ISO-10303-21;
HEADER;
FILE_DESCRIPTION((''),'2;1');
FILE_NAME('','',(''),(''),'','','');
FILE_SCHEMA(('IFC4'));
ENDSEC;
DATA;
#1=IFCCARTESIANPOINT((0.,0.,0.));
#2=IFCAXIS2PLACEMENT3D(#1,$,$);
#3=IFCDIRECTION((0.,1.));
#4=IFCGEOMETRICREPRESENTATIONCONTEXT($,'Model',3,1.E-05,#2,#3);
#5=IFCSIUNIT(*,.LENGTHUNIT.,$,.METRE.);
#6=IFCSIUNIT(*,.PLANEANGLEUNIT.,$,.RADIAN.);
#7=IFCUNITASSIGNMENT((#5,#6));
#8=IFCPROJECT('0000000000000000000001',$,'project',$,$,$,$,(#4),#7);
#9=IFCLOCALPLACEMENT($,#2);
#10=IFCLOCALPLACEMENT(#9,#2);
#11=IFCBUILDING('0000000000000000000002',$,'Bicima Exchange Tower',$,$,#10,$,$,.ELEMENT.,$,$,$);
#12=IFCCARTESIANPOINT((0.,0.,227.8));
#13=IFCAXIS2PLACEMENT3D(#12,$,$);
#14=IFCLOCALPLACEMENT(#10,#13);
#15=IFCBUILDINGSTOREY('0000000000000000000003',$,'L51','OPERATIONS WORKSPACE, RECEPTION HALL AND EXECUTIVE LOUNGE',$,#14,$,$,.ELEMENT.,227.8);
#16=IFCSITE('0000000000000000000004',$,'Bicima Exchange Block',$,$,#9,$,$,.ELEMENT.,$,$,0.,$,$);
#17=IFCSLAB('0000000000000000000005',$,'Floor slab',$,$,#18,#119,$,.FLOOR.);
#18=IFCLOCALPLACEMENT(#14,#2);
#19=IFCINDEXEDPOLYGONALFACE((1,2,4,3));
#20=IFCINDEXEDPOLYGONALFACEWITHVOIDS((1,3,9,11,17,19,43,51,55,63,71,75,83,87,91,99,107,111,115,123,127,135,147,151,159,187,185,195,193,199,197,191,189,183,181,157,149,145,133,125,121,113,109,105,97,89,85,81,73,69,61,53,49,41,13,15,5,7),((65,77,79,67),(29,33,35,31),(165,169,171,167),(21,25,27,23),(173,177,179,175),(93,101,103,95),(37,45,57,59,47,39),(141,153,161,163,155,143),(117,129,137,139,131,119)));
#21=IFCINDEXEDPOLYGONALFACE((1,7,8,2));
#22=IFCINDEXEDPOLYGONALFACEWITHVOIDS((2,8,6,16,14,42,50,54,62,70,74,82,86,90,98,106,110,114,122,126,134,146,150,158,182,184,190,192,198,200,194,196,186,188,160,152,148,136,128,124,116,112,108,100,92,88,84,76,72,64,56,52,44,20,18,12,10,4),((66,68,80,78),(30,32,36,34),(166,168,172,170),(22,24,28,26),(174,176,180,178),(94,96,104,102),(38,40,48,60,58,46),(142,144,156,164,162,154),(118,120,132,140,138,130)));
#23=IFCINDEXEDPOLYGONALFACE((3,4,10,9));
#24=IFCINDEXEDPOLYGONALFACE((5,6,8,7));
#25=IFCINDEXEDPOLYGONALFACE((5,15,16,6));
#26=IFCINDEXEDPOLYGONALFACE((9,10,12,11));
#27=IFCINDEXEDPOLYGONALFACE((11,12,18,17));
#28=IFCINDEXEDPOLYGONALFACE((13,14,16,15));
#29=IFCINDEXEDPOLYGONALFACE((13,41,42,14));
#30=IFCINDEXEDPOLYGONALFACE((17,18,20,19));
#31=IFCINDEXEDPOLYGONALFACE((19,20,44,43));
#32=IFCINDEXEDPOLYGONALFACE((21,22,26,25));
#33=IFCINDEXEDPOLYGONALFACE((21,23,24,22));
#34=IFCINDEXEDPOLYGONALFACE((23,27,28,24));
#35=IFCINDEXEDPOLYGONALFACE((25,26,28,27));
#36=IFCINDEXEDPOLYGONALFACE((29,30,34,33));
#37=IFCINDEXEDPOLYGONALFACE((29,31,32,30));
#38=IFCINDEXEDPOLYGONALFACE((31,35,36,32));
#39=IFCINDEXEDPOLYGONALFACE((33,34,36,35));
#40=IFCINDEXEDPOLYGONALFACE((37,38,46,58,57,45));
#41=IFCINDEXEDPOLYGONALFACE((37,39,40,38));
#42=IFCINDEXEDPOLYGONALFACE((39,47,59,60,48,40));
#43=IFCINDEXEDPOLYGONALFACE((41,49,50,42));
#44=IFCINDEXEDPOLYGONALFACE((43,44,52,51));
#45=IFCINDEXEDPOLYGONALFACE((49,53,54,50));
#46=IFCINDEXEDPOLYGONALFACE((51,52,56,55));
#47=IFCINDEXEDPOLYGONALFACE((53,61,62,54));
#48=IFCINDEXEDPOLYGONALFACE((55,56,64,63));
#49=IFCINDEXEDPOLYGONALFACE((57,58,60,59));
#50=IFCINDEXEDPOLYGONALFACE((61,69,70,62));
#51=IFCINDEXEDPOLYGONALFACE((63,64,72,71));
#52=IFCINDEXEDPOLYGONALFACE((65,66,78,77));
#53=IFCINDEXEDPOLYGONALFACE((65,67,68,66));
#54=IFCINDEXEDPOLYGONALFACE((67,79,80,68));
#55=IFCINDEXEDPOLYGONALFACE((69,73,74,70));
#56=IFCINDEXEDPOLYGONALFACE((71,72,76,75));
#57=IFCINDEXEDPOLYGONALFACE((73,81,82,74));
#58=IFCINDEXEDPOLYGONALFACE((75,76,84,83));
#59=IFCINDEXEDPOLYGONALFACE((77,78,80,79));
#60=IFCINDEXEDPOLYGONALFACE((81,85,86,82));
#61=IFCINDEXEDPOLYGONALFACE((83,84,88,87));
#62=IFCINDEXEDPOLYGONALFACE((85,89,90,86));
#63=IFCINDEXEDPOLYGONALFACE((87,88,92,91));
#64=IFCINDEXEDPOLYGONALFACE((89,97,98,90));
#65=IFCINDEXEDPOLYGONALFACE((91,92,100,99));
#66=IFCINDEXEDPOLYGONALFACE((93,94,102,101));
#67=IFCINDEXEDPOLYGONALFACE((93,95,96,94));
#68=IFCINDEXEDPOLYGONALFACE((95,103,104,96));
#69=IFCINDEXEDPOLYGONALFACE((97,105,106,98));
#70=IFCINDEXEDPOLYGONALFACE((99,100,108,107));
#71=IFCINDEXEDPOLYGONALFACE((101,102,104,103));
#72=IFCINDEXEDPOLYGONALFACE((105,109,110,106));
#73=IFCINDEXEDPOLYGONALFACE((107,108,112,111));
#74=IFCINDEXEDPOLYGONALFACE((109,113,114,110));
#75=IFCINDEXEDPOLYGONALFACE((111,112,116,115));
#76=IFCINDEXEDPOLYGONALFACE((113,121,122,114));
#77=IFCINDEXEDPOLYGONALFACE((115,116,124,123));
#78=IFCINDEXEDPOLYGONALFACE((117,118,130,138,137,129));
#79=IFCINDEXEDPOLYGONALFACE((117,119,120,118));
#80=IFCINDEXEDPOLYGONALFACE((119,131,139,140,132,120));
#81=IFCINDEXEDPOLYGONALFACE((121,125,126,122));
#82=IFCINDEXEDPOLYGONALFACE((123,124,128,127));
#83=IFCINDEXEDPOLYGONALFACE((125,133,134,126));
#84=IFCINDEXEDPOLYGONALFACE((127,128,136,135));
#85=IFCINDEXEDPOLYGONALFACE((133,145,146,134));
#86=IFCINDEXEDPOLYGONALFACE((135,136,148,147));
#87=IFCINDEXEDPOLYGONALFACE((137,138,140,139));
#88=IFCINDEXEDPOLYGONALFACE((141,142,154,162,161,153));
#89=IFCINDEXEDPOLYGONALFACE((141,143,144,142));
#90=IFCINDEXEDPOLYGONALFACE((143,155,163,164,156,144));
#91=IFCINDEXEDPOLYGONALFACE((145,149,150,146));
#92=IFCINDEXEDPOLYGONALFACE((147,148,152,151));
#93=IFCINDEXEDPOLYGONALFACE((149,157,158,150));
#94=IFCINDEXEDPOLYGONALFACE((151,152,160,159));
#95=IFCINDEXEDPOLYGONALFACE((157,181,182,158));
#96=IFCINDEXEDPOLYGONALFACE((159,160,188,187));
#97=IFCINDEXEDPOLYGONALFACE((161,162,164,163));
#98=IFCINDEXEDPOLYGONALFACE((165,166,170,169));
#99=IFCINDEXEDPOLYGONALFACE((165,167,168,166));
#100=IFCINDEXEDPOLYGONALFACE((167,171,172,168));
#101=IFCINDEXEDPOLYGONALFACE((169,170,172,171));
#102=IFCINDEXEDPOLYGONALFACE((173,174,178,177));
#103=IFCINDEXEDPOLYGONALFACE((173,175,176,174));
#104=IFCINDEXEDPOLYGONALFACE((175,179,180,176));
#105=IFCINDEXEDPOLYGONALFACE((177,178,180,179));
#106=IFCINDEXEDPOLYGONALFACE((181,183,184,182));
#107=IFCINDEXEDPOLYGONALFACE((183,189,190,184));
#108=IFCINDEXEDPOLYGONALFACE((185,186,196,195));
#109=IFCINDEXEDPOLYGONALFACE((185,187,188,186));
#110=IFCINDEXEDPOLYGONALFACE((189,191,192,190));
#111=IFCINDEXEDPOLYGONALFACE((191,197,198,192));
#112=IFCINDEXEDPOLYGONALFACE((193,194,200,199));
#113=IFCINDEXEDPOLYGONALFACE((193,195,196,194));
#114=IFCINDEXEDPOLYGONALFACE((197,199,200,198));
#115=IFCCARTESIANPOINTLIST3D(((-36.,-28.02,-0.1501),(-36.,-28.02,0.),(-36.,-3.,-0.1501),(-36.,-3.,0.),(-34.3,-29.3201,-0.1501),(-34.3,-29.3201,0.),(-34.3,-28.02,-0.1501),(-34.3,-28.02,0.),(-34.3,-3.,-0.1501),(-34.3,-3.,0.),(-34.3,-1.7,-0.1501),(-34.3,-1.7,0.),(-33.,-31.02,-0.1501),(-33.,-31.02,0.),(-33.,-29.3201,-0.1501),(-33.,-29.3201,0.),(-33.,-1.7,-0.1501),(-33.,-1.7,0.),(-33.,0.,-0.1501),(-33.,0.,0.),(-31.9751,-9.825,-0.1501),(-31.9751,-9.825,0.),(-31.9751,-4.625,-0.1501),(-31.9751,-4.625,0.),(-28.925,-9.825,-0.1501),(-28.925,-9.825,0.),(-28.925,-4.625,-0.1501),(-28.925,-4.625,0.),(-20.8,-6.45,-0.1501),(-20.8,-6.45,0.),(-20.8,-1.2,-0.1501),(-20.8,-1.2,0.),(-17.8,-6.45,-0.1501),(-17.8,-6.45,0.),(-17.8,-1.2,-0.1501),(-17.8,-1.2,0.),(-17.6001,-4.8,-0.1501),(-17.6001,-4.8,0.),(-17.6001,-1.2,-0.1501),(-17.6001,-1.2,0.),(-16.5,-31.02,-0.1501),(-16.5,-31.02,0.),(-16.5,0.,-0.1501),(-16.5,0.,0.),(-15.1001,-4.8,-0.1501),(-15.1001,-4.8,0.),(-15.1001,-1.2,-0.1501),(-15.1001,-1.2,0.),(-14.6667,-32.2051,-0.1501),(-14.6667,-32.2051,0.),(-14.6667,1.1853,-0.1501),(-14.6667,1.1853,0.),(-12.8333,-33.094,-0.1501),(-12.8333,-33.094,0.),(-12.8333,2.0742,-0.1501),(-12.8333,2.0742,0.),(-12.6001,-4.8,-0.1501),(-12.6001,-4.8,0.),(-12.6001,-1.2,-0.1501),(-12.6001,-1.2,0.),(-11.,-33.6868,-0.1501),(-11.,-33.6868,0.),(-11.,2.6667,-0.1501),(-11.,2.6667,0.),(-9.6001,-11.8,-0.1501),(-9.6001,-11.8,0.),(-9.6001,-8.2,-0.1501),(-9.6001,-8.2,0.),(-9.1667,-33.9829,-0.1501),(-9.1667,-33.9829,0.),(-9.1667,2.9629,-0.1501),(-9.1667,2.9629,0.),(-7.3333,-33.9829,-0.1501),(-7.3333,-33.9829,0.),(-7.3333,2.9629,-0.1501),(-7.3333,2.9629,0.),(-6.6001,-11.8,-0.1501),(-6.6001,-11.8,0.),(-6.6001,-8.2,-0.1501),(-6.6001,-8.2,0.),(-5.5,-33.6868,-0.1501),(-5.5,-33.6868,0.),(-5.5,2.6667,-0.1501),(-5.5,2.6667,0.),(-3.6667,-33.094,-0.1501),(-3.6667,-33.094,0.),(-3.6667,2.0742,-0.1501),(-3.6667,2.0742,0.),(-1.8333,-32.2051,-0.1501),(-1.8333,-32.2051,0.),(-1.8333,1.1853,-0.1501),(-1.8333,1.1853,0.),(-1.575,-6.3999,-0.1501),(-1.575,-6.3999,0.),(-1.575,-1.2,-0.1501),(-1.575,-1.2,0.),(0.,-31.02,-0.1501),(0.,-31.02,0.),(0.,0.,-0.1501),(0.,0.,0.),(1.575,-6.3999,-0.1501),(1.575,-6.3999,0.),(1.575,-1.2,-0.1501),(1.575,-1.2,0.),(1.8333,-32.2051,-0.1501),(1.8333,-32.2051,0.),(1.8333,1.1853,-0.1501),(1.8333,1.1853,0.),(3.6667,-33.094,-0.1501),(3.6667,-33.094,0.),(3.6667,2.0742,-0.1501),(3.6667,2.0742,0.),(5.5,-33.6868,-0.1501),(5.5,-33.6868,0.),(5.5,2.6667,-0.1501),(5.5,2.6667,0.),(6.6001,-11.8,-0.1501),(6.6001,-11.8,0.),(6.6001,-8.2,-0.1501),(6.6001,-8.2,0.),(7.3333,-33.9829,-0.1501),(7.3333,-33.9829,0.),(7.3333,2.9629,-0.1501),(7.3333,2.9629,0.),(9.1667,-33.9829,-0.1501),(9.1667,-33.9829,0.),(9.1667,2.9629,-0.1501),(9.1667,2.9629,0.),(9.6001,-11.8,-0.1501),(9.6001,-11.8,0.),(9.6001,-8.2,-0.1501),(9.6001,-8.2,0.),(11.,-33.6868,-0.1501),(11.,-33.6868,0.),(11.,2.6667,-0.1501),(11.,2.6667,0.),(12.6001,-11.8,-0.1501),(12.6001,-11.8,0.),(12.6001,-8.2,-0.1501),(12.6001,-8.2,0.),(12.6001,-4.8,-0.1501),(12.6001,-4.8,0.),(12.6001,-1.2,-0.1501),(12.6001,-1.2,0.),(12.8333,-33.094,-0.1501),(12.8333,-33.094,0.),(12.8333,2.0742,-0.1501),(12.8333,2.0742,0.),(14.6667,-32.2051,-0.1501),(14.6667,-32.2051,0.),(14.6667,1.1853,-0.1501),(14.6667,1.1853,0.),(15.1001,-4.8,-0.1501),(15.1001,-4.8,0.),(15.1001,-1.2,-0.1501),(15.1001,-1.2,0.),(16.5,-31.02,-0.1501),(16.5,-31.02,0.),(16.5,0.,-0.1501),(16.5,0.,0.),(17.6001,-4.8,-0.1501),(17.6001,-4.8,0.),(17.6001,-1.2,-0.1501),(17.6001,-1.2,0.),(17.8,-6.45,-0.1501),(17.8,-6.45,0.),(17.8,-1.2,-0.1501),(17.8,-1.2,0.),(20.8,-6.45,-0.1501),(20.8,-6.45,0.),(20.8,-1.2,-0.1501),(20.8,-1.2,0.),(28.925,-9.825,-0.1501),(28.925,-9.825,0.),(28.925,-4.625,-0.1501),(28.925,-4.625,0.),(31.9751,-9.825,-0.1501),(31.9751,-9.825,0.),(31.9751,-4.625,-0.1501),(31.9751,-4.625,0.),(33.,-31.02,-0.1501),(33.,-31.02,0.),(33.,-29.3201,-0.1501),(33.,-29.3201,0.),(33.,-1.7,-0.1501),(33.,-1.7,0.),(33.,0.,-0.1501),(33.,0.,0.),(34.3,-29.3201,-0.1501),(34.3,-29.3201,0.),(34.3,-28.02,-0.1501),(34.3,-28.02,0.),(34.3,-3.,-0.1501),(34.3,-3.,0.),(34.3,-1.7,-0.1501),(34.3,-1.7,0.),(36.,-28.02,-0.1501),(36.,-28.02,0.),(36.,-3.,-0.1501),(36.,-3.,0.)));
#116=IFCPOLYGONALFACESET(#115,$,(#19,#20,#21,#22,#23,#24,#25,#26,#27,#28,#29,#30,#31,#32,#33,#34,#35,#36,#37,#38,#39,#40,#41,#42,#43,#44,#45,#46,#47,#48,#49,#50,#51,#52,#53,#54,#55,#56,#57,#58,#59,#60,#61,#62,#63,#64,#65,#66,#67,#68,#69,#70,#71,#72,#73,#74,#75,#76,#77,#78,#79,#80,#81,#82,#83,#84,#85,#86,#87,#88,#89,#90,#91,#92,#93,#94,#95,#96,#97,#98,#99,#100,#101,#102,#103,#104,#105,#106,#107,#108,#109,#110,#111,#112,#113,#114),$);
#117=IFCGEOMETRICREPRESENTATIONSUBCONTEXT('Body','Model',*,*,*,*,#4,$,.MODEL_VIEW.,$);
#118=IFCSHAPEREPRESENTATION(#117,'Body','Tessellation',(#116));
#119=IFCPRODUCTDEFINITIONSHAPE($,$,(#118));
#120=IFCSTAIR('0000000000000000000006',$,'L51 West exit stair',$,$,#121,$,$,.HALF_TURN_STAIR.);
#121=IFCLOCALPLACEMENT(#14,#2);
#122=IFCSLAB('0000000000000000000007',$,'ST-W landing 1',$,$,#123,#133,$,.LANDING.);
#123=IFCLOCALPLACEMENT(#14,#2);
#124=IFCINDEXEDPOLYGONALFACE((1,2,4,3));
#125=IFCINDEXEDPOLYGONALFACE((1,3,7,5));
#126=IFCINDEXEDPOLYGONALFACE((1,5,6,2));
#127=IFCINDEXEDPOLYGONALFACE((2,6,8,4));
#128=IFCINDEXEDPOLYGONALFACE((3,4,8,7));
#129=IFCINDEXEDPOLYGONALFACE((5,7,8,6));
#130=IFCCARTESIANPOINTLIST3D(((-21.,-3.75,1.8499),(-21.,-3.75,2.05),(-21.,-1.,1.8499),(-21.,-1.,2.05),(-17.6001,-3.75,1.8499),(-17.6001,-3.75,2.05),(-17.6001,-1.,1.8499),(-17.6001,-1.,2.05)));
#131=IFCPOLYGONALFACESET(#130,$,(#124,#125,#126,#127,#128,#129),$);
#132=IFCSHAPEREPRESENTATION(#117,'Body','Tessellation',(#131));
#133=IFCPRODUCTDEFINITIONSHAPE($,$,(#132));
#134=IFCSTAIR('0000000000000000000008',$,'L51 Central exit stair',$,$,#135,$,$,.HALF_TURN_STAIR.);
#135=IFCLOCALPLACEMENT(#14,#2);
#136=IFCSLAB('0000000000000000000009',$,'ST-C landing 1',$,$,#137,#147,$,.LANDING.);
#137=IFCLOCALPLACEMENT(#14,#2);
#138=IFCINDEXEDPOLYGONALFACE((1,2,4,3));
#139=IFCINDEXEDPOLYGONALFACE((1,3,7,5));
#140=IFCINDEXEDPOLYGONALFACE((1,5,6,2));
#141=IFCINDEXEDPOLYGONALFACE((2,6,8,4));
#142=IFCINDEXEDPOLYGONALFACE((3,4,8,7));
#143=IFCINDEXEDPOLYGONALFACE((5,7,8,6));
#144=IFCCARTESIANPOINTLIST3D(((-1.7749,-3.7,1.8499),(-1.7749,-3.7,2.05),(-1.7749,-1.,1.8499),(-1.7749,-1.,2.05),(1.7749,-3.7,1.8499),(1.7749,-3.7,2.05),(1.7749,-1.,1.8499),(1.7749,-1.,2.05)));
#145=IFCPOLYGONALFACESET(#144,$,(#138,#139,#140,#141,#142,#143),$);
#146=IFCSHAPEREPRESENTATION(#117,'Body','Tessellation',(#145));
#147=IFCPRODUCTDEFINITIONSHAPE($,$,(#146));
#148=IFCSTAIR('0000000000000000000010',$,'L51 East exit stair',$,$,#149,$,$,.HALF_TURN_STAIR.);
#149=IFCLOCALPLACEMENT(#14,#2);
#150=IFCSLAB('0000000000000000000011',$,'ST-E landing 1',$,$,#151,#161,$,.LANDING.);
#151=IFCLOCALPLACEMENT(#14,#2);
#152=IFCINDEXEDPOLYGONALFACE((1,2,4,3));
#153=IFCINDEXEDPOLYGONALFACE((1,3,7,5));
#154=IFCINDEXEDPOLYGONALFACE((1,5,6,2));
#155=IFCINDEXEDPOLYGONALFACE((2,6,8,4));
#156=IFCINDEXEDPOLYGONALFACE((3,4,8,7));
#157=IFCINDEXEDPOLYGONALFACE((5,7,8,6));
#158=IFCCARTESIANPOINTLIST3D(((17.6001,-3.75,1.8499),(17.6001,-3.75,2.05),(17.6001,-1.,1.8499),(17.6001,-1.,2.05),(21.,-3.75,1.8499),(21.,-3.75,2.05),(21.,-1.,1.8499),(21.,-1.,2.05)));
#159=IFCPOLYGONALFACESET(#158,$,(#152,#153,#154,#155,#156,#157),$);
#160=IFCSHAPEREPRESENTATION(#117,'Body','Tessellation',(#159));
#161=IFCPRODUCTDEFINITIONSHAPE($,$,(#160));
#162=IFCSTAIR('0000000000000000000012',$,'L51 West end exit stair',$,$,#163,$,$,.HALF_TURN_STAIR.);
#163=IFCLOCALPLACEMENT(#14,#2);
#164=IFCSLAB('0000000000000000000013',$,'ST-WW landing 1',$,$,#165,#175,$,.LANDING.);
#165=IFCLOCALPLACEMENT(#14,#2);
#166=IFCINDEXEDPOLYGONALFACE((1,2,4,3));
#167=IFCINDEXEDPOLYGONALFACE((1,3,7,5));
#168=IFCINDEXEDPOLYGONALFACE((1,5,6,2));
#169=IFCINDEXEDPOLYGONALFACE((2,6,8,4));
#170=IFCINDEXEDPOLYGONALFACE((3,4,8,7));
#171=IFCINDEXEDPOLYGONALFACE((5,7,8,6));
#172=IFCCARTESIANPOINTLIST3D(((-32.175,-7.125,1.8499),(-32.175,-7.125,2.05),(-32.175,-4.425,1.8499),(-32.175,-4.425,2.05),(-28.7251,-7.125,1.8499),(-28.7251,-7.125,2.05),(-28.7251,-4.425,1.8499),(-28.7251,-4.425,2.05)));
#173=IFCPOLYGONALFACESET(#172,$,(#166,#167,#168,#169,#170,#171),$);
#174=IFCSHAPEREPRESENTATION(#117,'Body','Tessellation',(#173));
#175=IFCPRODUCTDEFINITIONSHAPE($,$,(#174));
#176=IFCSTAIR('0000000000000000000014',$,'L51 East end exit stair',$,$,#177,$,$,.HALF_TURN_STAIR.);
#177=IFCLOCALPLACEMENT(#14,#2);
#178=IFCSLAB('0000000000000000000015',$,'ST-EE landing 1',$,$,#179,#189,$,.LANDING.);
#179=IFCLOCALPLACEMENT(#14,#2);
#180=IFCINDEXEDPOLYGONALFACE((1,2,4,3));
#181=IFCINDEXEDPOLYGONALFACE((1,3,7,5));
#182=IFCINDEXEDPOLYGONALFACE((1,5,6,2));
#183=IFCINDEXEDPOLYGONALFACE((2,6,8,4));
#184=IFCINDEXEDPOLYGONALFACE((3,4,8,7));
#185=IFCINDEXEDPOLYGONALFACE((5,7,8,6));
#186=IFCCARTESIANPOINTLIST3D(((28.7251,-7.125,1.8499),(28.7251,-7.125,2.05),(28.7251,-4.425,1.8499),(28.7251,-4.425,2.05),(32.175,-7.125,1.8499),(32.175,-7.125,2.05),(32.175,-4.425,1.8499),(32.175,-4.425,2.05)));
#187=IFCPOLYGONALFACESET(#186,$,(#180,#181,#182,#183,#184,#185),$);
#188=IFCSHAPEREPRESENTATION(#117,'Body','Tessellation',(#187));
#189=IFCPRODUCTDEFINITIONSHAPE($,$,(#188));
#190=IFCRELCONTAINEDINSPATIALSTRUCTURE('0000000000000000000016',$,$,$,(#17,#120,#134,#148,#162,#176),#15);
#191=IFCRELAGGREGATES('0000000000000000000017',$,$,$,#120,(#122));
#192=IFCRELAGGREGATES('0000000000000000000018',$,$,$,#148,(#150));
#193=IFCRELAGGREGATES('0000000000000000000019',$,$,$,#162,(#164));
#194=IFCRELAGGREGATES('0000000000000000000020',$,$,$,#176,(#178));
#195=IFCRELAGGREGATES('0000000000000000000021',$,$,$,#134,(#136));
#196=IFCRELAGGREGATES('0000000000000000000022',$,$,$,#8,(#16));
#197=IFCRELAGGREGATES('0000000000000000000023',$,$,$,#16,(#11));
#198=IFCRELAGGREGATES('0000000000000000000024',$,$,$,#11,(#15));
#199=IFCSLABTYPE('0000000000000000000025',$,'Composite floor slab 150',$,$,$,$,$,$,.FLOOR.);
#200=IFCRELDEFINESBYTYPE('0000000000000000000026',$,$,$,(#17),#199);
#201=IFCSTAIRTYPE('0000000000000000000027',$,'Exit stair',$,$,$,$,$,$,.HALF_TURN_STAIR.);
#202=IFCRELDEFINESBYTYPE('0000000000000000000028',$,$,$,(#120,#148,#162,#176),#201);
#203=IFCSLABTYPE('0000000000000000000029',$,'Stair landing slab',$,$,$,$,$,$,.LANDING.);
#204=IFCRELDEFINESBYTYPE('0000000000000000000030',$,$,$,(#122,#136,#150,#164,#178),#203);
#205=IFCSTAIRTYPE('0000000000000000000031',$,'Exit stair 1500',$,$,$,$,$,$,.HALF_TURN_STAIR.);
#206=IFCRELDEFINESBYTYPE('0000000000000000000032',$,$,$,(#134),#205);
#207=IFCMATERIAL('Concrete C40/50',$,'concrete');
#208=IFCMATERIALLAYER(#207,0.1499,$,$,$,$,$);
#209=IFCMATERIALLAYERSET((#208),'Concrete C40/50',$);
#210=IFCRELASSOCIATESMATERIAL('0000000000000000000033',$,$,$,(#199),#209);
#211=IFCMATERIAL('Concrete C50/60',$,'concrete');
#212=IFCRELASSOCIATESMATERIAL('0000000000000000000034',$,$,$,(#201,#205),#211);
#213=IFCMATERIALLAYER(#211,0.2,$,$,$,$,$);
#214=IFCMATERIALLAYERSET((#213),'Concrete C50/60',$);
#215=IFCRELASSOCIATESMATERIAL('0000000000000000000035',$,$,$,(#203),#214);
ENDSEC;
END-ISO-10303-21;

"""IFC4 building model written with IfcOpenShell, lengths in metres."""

from ifc_helpers import new_model, si_unit, direction, frame, origin, place, context, subcontext, project, spatial, polyline, outline, extrude, material, layer, layer_set, type_object, element, aggregate, save


model = new_model("IFC4")

# Units and contexts
model_context = context("Model", 3, precision=1e-05, world=origin(), true_north=direction((0.0, 1.0)))
body_context = subcontext(model_context, "Body", "Model", "MODEL_VIEW")
ifc_project = project(units=[si_unit("LENGTHUNIT", "METRE"), si_unit("PLANEANGLEUNIT", "RADIAN")], contexts=[model_context])

# Site, building, storey
site_placement = place(None, origin())
site = spatial("IfcSite", under=ifc_project, at=site_placement, Name="Bicima Exchange Block", CompositionType="ELEMENT", RefElevation=0.0)
building_placement = place(site_placement, origin())
building = spatial("IfcBuilding", under=site, at=building_placement, Name="Bicima Exchange Tower", CompositionType="ELEMENT")
storey_placement = place(building_placement, frame((0.0, 0.0, 227.8)))
storey = spatial("IfcBuildingStorey", under=building, at=storey_placement, Name="L51", Description="OPERATIONS WORKSPACE, RECEPTION HALL AND EXECUTIVE LOUNGE", CompositionType="ELEMENT", Elevation=227.8)

# Slab
ifc_material_1 = material(Name="Concrete C40/50", Category="concrete")
ifc_layer_1 = layer(ifc_material_1, 0.1499)
ifc_layer_set_1 = layer_set([ifc_layer_1], Name="Concrete C40/50")
slab_type_1 = type_object("IfcSlabType", Name="Composite floor slab 150", PredefinedType="FLOOR", material=ifc_layer_set_1)
slab_1_placement = place(storey_placement, frame((0.0, 0.0, -0.1501)))
element("IfcSlab", 1, at=slab_1_placement, inside=storey, type_object=slab_type_1, Name="Floor slab", PredefinedType="FLOOR", context=body_context, shape_type="SweptSolid", body=[
    extrude(outline(polyline([(-36.0, -28.02), (-36.0, -3.0), (-34.3, -3.0), (-34.3, -1.7), (-33.0, -1.7), (-33.0, 0.0), (-16.5, 0.0), (-14.6667, 1.1853), (-12.8333, 2.0742), (-11.0, 2.6667), (-9.1667, 2.9629), (-7.3333, 2.9629), (-5.5, 2.6667), (-3.6667, 2.0742), (-1.8333, 1.1853), (0.0, 0.0), (1.8333, 1.1853), (3.6667, 2.0742), (5.5, 2.6667), (7.3333, 2.9629), (9.1667, 2.9629), (11.0, 2.6667), (12.8333, 2.0742), (14.6667, 1.1853), (16.5, 0.0), (33.0, 0.0), (33.0, -1.7), (34.3, -1.7), (34.3, -3.0), (36.0, -3.0), (36.0, -28.02), (34.3, -28.02), (34.3, -29.3201), (33.0, -29.3201), (33.0, -31.02), (16.5, -31.02), (14.6667, -32.2051), (12.8333, -33.094), (11.0, -33.6868), (9.1667, -33.9829), (7.3333, -33.9829), (5.5, -33.6868), (3.6667, -33.094), (1.8333, -32.2051), (0.0, -31.02), (-1.8333, -32.2051), (-3.6667, -33.094), (-5.5, -33.6868), (-7.3333, -33.9829), (-9.1667, -33.9829), (-11.0, -33.6868), (-12.8333, -33.094), (-14.6667, -32.2051), (-16.5, -31.02), (-33.0, -31.02), (-33.0, -29.3201), (-34.3, -29.3201), (-34.3, -28.02), (-36.0, -28.02)]), holes=[polyline([(-6.6001, -11.8), (-6.6001, -8.2), (-9.6001, -8.2), (-9.6001, -11.8), (-6.6001, -11.8)]), polyline([(-31.9751, -9.825), (-28.925, -9.825), (-28.925, -4.625), (-31.9751, -4.625), (-31.9751, -9.825)]), polyline([(-20.8, -6.45), (-17.8, -6.45), (-17.8, -1.2), (-20.8, -1.2), (-20.8, -6.45)]), polyline([(1.575, -6.3999), (1.575, -1.2), (-1.575, -1.2), (-1.575, -6.3999), (1.575, -6.3999)]), polyline([(-12.6001, -4.8), (-12.6001, -1.2), (-15.1001, -1.2), (-17.6001, -1.2), (-17.6001, -4.8), (-15.1001, -4.8), (-12.6001, -4.8)]), polyline([(12.6001, -8.2), (9.6001, -8.2), (6.6001, -8.2), (6.6001, -11.8), (9.6001, -11.8), (12.6001, -11.8), (12.6001, -8.2)]), polyline([(28.925, -9.825), (31.9751, -9.825), (31.9751, -4.625), (28.925, -4.625), (28.925, -9.825)]), polyline([(20.8, -6.45), (20.8, -1.2), (17.8, -1.2), (17.8, -6.45), (20.8, -6.45)]), polyline([(17.6001, -4.8), (17.6001, -1.2), (15.1001, -1.2), (12.6001, -1.2), (12.6001, -4.8), (15.1001, -4.8), (17.6001, -4.8)])]), origin(), (0.0, 0.0, 1.0), 0.1501),
])

# Stairs, slabs
ifc_material_2 = material(Name="Concrete C50/60", Category="concrete")
stair_type_1 = type_object("IfcStairType", Name="Exit stair", PredefinedType="HALF_TURN_STAIR", material=ifc_material_2)
stair_1_placement = place(storey_placement, origin())
stair_1 = element("IfcStair", 2, at=stair_1_placement, inside=storey, type_object=stair_type_1, Name="L51 West exit stair", PredefinedType="HALF_TURN_STAIR")
ifc_layer_2 = layer(ifc_material_2, 0.2)
ifc_layer_set_2 = layer_set([ifc_layer_2], Name="Concrete C50/60")
slab_type_2 = type_object("IfcSlabType", Name="Stair landing slab", PredefinedType="LANDING", material=ifc_layer_set_2)
slab_2_placement = place(storey_placement, frame((0.0, 0.0, 1.8499)))
slab_2 = element("IfcSlab", 3, at=slab_2_placement, type_object=slab_type_2, Name="ST-W landing 1", PredefinedType="LANDING", context=body_context, shape_type="SweptSolid", body=[
    extrude(outline(polyline([(-17.6001, -3.75), (-17.6001, -1.0), (-21.0, -1.0), (-21.0, -3.75), (-17.6001, -3.75)])), origin(), (0.0, 0.0, 1.0), 0.2002),
])
aggregate(stair_1, [slab_2])
stair_type_2 = type_object("IfcStairType", Name="Exit stair 1500", PredefinedType="HALF_TURN_STAIR", material=ifc_material_2)
stair_2_placement = place(storey_placement, origin())
stair_2 = element("IfcStair", 4, at=stair_2_placement, inside=storey, type_object=stair_type_2, Name="L51 Central exit stair", PredefinedType="HALF_TURN_STAIR")
slab_3_placement = place(storey_placement, frame((0.0, 0.0, 1.8499)))
slab_3 = element("IfcSlab", 5, at=slab_3_placement, type_object=slab_type_2, Name="ST-C landing 1", PredefinedType="LANDING", context=body_context, shape_type="SweptSolid", body=[
    extrude(outline(polyline([(1.7749, -3.7), (1.7749, -1.0), (-1.7749, -1.0), (-1.7749, -3.7), (1.7749, -3.7)])), origin(), (0.0, 0.0, 1.0), 0.2002),
])
stair_3_placement = place(storey_placement, origin())
stair_3 = element("IfcStair", 6, at=stair_3_placement, inside=storey, type_object=stair_type_1, Name="L51 East exit stair", PredefinedType="HALF_TURN_STAIR")
slab_4_placement = place(storey_placement, frame((0.0, 0.0, 1.8499)))
slab_4 = element("IfcSlab", 7, at=slab_4_placement, type_object=slab_type_2, Name="ST-E landing 1", PredefinedType="LANDING", context=body_context, shape_type="SweptSolid", body=[
    extrude(outline(polyline([(21.0, -3.75), (21.0, -1.0), (17.6001, -1.0), (17.6001, -3.75), (21.0, -3.75)])), origin(), (0.0, 0.0, 1.0), 0.2002),
])
aggregate(stair_3, [slab_4])
stair_4_placement = place(storey_placement, origin())
stair_4 = element("IfcStair", 8, at=stair_4_placement, inside=storey, type_object=stair_type_1, Name="L51 West end exit stair", PredefinedType="HALF_TURN_STAIR")
slab_5_placement = place(storey_placement, frame((0.0, 0.0, 1.8499)))
slab_5 = element("IfcSlab", 9, at=slab_5_placement, type_object=slab_type_2, Name="ST-WW landing 1", PredefinedType="LANDING", context=body_context, shape_type="SweptSolid", body=[
    extrude(outline(polyline([(-28.7251, -7.125), (-28.7251, -4.425), (-32.175, -4.425), (-32.175, -7.125), (-28.7251, -7.125)])), origin(), (0.0, 0.0, 1.0), 0.2002),
])
aggregate(stair_4, [slab_5])
stair_5_placement = place(storey_placement, origin())
stair_5 = element("IfcStair", 10, at=stair_5_placement, inside=storey, type_object=stair_type_1, Name="L51 East end exit stair", PredefinedType="HALF_TURN_STAIR")
slab_6_placement = place(storey_placement, frame((0.0, 0.0, 1.8499)))
slab_6 = element("IfcSlab", 11, at=slab_6_placement, type_object=slab_type_2, Name="ST-EE landing 1", PredefinedType="LANDING", context=body_context, shape_type="SweptSolid", body=[
    extrude(outline(polyline([(32.175, -7.125), (32.175, -4.425), (28.7251, -4.425), (28.7251, -7.125), (32.175, -7.125)])), origin(), (0.0, 0.0, 1.0), 0.2002),
])
aggregate(stair_5, [slab_6])

aggregate(stair_2, [slab_3])

save(model, "model.ifc")
